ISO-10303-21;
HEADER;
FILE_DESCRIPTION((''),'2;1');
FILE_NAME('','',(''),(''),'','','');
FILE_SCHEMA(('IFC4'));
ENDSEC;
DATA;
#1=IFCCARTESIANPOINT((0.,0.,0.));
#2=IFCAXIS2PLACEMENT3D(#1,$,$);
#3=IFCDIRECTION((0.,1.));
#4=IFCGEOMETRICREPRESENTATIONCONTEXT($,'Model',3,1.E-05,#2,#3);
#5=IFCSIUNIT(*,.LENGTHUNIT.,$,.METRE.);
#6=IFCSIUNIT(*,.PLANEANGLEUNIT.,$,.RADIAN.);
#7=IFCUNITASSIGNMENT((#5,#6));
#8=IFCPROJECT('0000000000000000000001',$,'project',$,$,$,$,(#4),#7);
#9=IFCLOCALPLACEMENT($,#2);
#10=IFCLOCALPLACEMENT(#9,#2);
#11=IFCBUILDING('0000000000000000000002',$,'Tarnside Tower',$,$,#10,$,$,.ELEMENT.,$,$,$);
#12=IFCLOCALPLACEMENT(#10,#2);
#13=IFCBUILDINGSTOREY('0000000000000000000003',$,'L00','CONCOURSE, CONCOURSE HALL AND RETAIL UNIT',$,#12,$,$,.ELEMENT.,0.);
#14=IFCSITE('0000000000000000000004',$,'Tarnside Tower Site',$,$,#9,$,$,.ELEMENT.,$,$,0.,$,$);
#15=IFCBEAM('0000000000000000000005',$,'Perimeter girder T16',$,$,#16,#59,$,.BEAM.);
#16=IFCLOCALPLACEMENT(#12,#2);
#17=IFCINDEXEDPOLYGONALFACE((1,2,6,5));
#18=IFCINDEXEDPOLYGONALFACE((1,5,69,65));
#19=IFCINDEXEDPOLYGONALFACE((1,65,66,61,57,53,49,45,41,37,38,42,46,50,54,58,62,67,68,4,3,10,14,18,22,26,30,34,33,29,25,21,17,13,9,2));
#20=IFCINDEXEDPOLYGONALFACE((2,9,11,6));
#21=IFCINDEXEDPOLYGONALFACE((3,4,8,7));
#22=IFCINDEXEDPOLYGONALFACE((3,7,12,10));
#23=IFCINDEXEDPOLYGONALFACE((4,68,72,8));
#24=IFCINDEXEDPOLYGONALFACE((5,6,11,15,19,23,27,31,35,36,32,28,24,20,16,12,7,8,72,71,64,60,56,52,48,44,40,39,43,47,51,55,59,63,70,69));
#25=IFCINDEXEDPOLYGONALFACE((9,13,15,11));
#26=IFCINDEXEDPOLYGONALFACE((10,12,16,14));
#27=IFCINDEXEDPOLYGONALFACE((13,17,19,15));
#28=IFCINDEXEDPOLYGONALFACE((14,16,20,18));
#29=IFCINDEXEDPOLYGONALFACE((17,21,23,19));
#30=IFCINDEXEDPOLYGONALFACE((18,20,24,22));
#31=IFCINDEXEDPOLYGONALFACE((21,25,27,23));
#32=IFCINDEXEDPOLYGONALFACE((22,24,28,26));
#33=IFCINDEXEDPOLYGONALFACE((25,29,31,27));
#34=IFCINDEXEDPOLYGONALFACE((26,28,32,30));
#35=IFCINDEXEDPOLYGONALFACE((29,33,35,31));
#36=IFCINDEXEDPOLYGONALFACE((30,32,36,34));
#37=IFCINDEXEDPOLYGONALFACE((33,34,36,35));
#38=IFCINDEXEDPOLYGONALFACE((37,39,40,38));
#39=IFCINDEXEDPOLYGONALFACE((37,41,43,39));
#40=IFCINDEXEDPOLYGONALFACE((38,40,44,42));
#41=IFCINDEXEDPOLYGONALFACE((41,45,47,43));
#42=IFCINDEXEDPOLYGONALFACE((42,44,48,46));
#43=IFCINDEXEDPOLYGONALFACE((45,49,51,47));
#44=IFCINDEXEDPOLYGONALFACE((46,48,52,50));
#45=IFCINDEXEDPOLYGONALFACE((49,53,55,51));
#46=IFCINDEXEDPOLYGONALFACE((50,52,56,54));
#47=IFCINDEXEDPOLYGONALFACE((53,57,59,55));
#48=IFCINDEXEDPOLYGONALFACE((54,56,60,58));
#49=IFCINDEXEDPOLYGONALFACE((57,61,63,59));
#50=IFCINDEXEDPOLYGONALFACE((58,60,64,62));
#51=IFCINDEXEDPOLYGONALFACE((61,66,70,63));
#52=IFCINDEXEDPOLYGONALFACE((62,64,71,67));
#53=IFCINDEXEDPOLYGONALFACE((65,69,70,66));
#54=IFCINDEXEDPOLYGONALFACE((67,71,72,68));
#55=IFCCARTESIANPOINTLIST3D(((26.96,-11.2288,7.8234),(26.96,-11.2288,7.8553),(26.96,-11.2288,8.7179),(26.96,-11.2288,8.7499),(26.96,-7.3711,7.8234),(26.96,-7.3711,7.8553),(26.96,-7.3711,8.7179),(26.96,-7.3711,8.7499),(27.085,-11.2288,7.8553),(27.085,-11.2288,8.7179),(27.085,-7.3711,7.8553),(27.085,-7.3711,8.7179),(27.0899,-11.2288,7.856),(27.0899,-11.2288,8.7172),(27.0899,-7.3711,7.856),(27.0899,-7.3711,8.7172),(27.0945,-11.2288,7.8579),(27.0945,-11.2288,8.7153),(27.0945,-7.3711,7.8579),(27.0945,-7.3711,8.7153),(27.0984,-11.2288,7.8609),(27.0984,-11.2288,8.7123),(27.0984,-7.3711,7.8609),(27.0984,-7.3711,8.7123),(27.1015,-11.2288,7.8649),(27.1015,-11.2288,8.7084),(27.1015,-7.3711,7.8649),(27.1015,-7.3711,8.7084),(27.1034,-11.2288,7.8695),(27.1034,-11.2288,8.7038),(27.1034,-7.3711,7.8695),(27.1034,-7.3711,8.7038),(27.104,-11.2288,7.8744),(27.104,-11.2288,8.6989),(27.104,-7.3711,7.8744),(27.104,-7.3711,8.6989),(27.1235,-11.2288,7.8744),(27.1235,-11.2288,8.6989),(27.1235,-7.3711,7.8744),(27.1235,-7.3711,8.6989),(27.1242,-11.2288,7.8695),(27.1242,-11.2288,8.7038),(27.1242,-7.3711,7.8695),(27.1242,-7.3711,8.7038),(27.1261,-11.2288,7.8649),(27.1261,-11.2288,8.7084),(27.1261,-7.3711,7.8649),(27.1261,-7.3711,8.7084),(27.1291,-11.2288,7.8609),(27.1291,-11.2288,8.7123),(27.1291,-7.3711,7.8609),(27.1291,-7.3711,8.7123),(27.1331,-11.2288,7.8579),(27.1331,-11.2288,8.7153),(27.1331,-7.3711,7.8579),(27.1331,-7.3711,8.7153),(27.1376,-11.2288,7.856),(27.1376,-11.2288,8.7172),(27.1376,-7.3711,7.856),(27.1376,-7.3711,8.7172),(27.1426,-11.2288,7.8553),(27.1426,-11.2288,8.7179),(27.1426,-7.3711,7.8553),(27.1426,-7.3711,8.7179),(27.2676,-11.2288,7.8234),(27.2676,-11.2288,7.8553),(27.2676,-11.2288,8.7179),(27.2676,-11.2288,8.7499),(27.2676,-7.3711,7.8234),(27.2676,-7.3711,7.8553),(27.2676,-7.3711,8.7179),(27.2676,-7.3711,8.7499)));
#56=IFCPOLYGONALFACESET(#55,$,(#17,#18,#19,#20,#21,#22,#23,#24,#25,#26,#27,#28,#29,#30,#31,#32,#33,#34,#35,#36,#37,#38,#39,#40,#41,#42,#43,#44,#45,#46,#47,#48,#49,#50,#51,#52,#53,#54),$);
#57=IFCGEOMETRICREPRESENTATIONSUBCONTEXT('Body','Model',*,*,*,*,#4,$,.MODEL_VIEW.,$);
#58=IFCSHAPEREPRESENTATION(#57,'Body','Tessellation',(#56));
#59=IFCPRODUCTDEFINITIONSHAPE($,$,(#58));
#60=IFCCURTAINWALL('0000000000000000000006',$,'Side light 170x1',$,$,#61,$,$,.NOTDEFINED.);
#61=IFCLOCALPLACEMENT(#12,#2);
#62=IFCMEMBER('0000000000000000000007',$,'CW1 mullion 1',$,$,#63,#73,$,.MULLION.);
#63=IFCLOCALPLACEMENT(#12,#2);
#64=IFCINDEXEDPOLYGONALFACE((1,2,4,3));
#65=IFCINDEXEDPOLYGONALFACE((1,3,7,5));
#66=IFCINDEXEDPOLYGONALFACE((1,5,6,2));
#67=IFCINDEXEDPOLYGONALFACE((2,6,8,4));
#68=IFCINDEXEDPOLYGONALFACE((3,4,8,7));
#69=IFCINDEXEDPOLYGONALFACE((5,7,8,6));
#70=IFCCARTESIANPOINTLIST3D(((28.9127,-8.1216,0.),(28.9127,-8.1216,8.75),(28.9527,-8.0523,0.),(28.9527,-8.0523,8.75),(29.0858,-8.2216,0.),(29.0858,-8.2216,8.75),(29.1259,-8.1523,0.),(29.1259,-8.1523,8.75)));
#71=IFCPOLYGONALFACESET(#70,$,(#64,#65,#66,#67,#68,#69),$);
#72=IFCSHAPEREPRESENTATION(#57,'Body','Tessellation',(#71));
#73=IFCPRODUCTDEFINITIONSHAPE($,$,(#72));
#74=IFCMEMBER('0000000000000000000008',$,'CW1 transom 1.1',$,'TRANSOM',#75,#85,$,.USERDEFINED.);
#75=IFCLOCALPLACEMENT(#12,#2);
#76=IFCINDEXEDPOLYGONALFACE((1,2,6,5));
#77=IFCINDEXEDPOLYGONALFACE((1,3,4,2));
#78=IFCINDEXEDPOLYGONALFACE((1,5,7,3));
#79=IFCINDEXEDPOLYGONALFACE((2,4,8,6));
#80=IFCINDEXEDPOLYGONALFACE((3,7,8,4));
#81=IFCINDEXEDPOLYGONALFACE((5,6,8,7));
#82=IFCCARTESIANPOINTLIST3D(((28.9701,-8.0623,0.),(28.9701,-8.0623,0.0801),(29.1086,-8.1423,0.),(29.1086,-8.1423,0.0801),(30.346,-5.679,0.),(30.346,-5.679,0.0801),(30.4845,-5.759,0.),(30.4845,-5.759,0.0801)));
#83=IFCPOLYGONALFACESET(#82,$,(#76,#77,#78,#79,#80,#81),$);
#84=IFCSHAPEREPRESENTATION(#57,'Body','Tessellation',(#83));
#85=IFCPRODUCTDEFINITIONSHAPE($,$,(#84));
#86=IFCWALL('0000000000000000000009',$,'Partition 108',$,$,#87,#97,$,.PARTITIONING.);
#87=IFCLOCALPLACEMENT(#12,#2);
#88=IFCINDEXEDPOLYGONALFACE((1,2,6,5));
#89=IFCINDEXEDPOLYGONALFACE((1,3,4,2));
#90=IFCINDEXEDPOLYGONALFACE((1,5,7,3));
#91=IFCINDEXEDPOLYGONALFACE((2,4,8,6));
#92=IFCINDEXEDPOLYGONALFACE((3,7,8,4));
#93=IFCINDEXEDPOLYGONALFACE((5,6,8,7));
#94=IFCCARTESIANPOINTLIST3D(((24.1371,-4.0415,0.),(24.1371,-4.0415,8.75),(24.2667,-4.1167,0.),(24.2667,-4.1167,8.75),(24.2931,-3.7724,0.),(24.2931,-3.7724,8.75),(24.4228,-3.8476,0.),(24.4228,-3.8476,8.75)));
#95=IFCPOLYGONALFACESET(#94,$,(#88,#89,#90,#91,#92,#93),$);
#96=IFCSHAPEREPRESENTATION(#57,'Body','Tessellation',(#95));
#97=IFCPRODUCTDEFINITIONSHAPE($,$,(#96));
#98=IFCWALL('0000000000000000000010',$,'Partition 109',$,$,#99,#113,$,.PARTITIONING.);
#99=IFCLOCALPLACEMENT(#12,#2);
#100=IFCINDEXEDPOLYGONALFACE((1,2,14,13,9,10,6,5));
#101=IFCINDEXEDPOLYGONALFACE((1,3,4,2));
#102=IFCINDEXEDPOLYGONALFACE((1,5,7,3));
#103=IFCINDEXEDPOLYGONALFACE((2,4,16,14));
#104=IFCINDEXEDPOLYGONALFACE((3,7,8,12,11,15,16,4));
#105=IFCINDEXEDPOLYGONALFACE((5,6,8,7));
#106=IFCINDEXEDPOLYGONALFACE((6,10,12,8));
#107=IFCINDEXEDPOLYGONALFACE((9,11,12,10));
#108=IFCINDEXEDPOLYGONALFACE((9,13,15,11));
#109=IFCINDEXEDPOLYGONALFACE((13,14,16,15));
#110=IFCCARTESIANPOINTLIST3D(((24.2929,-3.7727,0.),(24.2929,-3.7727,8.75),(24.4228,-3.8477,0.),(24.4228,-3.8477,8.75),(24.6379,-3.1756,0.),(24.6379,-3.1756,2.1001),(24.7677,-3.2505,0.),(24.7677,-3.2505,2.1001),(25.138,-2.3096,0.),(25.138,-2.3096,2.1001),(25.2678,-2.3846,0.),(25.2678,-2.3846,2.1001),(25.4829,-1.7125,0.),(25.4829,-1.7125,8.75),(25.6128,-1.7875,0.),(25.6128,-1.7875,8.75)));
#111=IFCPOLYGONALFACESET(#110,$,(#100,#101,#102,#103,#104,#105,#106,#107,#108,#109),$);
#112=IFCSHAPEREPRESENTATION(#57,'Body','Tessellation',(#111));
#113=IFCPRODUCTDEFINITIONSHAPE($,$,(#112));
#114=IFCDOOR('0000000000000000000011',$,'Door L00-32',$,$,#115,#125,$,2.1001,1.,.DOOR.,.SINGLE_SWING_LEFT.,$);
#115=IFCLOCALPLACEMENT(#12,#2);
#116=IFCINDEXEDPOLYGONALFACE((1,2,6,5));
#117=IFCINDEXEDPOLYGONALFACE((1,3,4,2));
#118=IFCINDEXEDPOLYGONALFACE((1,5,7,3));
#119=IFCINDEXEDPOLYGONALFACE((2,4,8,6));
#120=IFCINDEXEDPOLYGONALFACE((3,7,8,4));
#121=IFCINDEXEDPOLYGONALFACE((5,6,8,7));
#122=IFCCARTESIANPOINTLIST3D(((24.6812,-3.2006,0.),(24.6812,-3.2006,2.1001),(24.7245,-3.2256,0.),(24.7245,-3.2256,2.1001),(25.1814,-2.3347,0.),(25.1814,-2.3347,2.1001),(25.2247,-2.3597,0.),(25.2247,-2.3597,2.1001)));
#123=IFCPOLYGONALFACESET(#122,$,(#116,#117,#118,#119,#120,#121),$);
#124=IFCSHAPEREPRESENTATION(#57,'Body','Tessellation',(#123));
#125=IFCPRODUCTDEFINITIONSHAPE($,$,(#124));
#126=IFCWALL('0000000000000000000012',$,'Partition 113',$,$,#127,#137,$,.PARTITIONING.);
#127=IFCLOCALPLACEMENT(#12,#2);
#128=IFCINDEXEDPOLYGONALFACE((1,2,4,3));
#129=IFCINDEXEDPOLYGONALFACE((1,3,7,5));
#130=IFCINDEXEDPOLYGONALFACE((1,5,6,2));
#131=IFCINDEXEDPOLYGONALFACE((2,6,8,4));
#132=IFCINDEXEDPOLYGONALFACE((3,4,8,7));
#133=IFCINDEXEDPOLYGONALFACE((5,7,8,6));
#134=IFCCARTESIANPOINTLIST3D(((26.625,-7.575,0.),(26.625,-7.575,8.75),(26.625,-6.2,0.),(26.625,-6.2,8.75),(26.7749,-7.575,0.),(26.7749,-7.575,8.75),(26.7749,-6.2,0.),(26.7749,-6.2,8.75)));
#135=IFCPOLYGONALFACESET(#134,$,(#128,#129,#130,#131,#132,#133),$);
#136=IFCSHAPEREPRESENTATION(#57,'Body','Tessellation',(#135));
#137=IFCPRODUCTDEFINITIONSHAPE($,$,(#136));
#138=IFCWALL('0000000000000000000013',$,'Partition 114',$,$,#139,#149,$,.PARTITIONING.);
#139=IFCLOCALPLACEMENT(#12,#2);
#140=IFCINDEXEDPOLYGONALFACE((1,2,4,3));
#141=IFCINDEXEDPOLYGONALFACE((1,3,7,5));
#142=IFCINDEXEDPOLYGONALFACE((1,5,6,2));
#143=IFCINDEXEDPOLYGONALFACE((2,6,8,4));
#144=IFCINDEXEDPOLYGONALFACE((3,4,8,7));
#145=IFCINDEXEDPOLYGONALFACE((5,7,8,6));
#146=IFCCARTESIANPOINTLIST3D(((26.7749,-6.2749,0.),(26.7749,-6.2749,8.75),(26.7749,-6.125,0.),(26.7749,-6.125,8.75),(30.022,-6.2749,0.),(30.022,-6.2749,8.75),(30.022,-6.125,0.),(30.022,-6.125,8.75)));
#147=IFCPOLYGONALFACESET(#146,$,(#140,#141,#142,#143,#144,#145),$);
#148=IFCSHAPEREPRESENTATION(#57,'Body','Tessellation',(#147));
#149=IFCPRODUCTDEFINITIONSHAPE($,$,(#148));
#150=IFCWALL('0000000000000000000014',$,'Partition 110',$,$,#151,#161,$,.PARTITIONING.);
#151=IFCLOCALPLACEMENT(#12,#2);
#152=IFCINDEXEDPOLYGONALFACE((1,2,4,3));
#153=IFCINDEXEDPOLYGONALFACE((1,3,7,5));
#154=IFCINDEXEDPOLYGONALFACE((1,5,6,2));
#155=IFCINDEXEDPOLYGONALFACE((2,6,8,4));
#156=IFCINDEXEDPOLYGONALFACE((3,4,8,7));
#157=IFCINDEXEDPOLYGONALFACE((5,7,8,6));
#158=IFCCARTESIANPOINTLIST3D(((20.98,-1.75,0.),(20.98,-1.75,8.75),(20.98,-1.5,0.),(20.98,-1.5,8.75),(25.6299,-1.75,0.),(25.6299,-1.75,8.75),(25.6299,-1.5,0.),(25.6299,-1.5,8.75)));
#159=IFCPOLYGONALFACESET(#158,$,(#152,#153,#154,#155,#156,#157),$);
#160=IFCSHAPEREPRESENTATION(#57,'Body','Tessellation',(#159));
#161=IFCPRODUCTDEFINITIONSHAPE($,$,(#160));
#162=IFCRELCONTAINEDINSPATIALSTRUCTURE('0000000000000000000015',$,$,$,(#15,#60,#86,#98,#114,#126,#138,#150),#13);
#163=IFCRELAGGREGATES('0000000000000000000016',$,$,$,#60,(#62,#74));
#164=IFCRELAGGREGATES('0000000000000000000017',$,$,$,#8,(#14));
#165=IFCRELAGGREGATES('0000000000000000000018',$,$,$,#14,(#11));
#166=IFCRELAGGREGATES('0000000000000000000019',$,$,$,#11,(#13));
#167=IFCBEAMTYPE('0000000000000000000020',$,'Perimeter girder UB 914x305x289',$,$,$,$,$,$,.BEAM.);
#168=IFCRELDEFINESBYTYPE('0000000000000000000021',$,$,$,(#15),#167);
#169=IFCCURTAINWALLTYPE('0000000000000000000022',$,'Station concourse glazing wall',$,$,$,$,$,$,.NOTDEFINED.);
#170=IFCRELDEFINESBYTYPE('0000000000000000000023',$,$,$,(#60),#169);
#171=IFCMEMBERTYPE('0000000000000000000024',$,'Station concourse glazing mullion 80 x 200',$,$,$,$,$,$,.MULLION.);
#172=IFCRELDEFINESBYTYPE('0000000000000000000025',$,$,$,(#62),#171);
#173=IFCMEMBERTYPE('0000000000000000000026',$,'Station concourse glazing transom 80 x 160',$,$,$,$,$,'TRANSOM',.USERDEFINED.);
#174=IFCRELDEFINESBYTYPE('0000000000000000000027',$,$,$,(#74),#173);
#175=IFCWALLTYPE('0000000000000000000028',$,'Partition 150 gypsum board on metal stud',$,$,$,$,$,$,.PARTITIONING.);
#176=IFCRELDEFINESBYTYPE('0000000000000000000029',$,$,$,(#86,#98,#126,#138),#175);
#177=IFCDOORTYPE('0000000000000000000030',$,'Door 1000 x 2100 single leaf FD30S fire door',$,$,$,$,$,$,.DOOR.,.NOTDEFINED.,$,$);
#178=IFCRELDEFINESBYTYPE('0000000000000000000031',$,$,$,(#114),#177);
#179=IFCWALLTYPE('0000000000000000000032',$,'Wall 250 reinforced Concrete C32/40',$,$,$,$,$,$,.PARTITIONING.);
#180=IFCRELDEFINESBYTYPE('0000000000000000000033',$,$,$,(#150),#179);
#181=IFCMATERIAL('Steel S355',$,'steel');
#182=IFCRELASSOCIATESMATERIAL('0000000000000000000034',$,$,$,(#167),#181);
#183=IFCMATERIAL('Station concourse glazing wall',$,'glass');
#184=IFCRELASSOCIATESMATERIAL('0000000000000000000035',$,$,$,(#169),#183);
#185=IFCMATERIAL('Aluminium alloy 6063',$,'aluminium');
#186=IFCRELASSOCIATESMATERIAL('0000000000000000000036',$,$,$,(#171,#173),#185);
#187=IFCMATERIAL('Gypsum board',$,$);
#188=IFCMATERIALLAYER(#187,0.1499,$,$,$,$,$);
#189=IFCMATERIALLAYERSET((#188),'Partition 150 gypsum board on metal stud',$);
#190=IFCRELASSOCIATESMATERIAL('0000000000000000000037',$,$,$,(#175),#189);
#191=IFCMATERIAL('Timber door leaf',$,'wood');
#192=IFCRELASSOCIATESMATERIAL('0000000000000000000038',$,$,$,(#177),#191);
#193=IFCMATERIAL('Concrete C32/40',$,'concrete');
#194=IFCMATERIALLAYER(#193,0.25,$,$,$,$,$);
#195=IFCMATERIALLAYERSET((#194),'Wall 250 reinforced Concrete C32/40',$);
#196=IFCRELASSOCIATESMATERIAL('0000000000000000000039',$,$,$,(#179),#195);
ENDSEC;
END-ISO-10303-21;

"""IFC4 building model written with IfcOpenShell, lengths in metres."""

from ifc_helpers import new_model, si_unit, direction, frame, frame_2d, origin, origin_2d, place, context, subcontext, project, spatial, rectangle, i_section, extrude, material, layer, layer_set, material_profile, profile_set, type_object, element, fill, aggregate, save


model = new_model("IFC4")

# Units and contexts
model_context = context("Model", 3, precision=1e-05, world=origin(), true_north=direction((0.0, 1.0)))
body_context = subcontext(model_context, "Body", "Model", "MODEL_VIEW")
ifc_project = project(units=[si_unit("LENGTHUNIT", "METRE"), si_unit("PLANEANGLEUNIT", "RADIAN")], contexts=[model_context])

# Site, building, storey
site_placement = place(None, origin())
site = spatial("IfcSite", under=ifc_project, at=site_placement, Name="Tarnside Tower Site", CompositionType="ELEMENT", RefElevation=0.0)
building_placement = place(site_placement, origin())
building = spatial("IfcBuilding", under=site, at=building_placement, Name="Tarnside Tower", CompositionType="ELEMENT")
storey_placement = place(building_placement, origin())
storey = spatial("IfcBuildingStorey", under=building, at=storey_placement, Name="L00", Description="CONCOURSE, CONCOURSE HALL AND RETAIL UNIT", CompositionType="ELEMENT", Elevation=0.0)

# Beam
ifc_material_1 = material(Name="Steel S355", Category="steel")
ifc_material_profile_1 = material_profile(ifc_material_1, i_section(OverallWidth=0.3076, OverallDepth=0.9265, WebThickness=0.0195, FlangeThickness=0.032, FilletRadius=0.019, at=origin_2d()), Name="UB 914x305x289")
ifc_profile_set_1 = profile_set([ifc_material_profile_1], Name="Steel S355")
beam_type_1 = type_object("IfcBeamType", Name="Perimeter girder UB 914x305x289", PredefinedType="BEAM", material=ifc_profile_set_1)
beam_1_placement = place(storey_placement, frame((27.1138, -7.3711, 8.2866), z_axis=(0.0, -1.0, 0.0), x_axis=(1.0, 0.0, 0.0)))
element("IfcBeam", 1, at=beam_1_placement, inside=storey, type_object=beam_type_1, Name="Perimeter girder T16", PredefinedType="BEAM", context=body_context, shape_type="SweptSolid", body=[
    extrude(i_section(OverallWidth=0.3076, OverallDepth=0.9265, WebThickness=0.0195, FlangeThickness=0.032, FilletRadius=0.019, at=origin_2d()), origin(), (0.0, 0.0, 1.0), 3.8577),
])

# Curtain wall, members
ifc_material_2 = material(Name="Station concourse glazing wall", Category="glass")
curtain_wall_type = type_object("IfcCurtainWallType", Name="Station concourse glazing wall", PredefinedType="NOTDEFINED", material=ifc_material_2)
curtain_wall_placement = place(storey_placement, origin())
curtain_wall = element("IfcCurtainWall", 2, at=curtain_wall_placement, inside=storey, type_object=curtain_wall_type, Name="Side light 170x1", PredefinedType="NOTDEFINED")
ifc_material_3 = material(Name="Aluminium alloy 6063", Category="aluminium")
ifc_material_profile_2 = material_profile(ifc_material_3, rectangle(XDim=0.2, YDim=0.0801, at=origin_2d()), Name="Station concourse glazing mullion 80 x 200")
ifc_profile_set_2 = profile_set([ifc_material_profile_2], Name="Aluminium alloy 6063")
member_type_1 = type_object("IfcMemberType", Name="Station concourse glazing mullion 80 x 200", PredefinedType="MULLION", material=ifc_profile_set_2)
member_1_placement = place(storey_placement, frame((29.0193, -8.137, 0.0), z_axis=(0.0, 0.0, 1.0), x_axis=(-0.866025, 0.5, 0.0)))
member_1 = element("IfcMember", 3, at=member_1_placement, type_object=member_type_1, Name="CW1 mullion 1", PredefinedType="MULLION", context=body_context, shape_type="SweptSolid", body=[
    extrude(rectangle(XDim=0.2, YDim=0.0801, at=origin_2d()), origin(), (0.0, 0.0, 1.0), 8.75),
])
ifc_material_profile_3 = material_profile(ifc_material_3, rectangle(XDim=0.1599, YDim=0.0801, at=origin_2d()), Name="Station concourse glazing transom 80 x 160")
ifc_profile_set_3 = profile_set([ifc_material_profile_3], Name="Aluminium alloy 6063")
member_type_2 = type_object("IfcMemberType", Name="Station concourse glazing transom 80 x 160", ElementType="TRANSOM", PredefinedType="USERDEFINED", material=ifc_profile_set_3)
member_2_placement = place(storey_placement, frame((29.0393, -8.1023, 0.04), z_axis=(0.499994, 0.866029, 0.0), x_axis=(-0.866029, 0.499994, 0.0)))
member_2 = element("IfcMember", 4, at=member_2_placement, type_object=member_type_2, Name="CW1 transom 1.1", ObjectType="TRANSOM", PredefinedType="USERDEFINED", context=body_context, shape_type="SweptSolid", body=[
    extrude(rectangle(XDim=0.1599, YDim=0.0801, at=origin_2d()), origin(), (0.0, 0.0, 1.0), 2.752),
])
aggregate(curtain_wall, [member_1, member_2])

# Wall
ifc_material_4 = material(Name="Gypsum board")
ifc_layer_1 = layer(ifc_material_4, 0.1499)
ifc_layer_set_1 = layer_set([ifc_layer_1], Name="Partition 150 gypsum board on metal stud")
wall_type_1 = type_object("IfcWallType", Name="Partition 150 gypsum board on metal stud", PredefinedType="PARTITIONING", material=ifc_layer_set_1)
wall_1_placement = place(storey_placement, frame((24.2019, -4.0791, 0.0), z_axis=(0.0, 0.0, 1.0), x_axis=(0.501624, 0.865086, 0.0)))
element("IfcWall", 5, at=wall_1_placement, inside=storey, type_object=wall_type_1, Name="Partition 108", PredefinedType="PARTITIONING", context=body_context, shape_type="SweptSolid", body=[
    extrude(rectangle(XDim=0.311, YDim=0.1499, at=frame_2d((0.1555, 0.0))), origin(), (0.0, 0.0, 1.0), 8.75),
])

# Wall, opening, door
wall_2_placement = place(storey_placement, frame((24.3579, -3.8101, 0.0), z_axis=(0.0, 0.0, 1.0), x_axis=(0.500178, 0.865922, 0.0)))
wall_2 = element("IfcWall", 6, at=wall_2_placement, inside=storey, type_object=wall_type_1, Name="Partition 109", PredefinedType="PARTITIONING", context=body_context, shape_type="SweptSolid", body=[
    extrude(rectangle(XDim=2.3792, YDim=0.1499, at=frame_2d((1.1895, 0.0))), origin(), (0.0, 0.0, 1.0), 8.75),
])
opening_1_placement = place(wall_2_placement, frame((0.6895, 0.0, 0.0)))
opening_1 = element("IfcOpeningElement", 7, at=opening_1_placement, cuts=wall_2, PredefinedType="OPENING", context=body_context, shape_type="SweptSolid", body=[
    extrude(rectangle(XDim=1.0, YDim=2.1001, at=frame_2d((0.5, 1.05))), frame((0.0, 0.085, 0.0), z_axis=(0.0, -1.0, 0.0), x_axis=(1.0, 0.0, 0.0)), (0.0, 0.0, 1.0), 0.1699),
])
ifc_material_5 = material(Name="Timber door leaf", Category="wood")
door_type_1 = type_object("IfcDoorType", Name="Door 1000 x 2100 single leaf FD30S fire door", OperationType="NOTDEFINED", PredefinedType="DOOR", material=ifc_material_5)
door_1_placement = place(opening_1_placement, origin())
door_1 = element("IfcDoor", 8, at=door_1_placement, inside=storey, type_object=door_type_1, Name="Door L00-32", OperationType="SINGLE_SWING_LEFT", OverallHeight=2.1001, OverallWidth=1.0, PredefinedType="DOOR", context=body_context, shape_type="SweptSolid", body=[
    extrude(rectangle(XDim=1.0, YDim=2.1001, at=frame_2d((0.5, 1.05))), frame((0.0, 0.0249, 0.0), z_axis=(0.0, -1.0, 0.0), x_axis=(1.0, 0.0, 0.0)), (0.0, 0.0, 1.0), 0.05),
])
fill(opening_1, door_1)

# Walls
wall_3_placement = place(storey_placement, frame((26.7, -7.575, 0.0), z_axis=(0.0, 0.0, 1.0), x_axis=(0.0, 1.0, 0.0)))
element("IfcWall", 9, at=wall_3_placement, inside=storey, type_object=wall_type_1, Name="Partition 113", PredefinedType="PARTITIONING", context=body_context, shape_type="SweptSolid", body=[
    extrude(rectangle(XDim=1.375, YDim=0.1499, at=frame_2d((0.6875, 0.0))), origin(), (0.0, 0.0, 1.0), 8.75),
])
wall_4_placement = place(storey_placement, frame((26.7749, -6.2, 0.0), z_axis=(0.0, 0.0, 1.0), x_axis=(1.0, 0.0, 0.0)))
element("IfcWall", 10, at=wall_4_placement, inside=storey, type_object=wall_type_1, Name="Partition 114", PredefinedType="PARTITIONING", context=body_context, shape_type="SweptSolid", body=[
    extrude(rectangle(XDim=3.2471, YDim=0.1499, at=frame_2d((1.6235, 0.0))), origin(), (0.0, 0.0, 1.0), 8.75),
])
ifc_material_6 = material(Name="Concrete C32/40", Category="concrete")
ifc_layer_2 = layer(ifc_material_6, 0.25)
ifc_layer_set_2 = layer_set([ifc_layer_2], Name="Wall 250 reinforced Concrete C32/40")
wall_type_2 = type_object("IfcWallType", Name="Wall 250 reinforced Concrete C32/40", PredefinedType="PARTITIONING", material=ifc_layer_set_2)
wall_5_placement = place(storey_placement, frame((25.6299, -1.625, 0.0), z_axis=(0.0, 0.0, 1.0), x_axis=(-1.0, 0.0, 0.0)))
element("IfcWall", 11, at=wall_5_placement, inside=storey, type_object=wall_type_2, Name="Partition 110", PredefinedType="PARTITIONING", context=body_context, shape_type="SweptSolid", body=[
    extrude(rectangle(XDim=4.6499, YDim=0.25, at=frame_2d((2.325, 0.0))), origin(), (0.0, 0.0, 1.0), 8.75),
])

save(model, "model.ifc")
